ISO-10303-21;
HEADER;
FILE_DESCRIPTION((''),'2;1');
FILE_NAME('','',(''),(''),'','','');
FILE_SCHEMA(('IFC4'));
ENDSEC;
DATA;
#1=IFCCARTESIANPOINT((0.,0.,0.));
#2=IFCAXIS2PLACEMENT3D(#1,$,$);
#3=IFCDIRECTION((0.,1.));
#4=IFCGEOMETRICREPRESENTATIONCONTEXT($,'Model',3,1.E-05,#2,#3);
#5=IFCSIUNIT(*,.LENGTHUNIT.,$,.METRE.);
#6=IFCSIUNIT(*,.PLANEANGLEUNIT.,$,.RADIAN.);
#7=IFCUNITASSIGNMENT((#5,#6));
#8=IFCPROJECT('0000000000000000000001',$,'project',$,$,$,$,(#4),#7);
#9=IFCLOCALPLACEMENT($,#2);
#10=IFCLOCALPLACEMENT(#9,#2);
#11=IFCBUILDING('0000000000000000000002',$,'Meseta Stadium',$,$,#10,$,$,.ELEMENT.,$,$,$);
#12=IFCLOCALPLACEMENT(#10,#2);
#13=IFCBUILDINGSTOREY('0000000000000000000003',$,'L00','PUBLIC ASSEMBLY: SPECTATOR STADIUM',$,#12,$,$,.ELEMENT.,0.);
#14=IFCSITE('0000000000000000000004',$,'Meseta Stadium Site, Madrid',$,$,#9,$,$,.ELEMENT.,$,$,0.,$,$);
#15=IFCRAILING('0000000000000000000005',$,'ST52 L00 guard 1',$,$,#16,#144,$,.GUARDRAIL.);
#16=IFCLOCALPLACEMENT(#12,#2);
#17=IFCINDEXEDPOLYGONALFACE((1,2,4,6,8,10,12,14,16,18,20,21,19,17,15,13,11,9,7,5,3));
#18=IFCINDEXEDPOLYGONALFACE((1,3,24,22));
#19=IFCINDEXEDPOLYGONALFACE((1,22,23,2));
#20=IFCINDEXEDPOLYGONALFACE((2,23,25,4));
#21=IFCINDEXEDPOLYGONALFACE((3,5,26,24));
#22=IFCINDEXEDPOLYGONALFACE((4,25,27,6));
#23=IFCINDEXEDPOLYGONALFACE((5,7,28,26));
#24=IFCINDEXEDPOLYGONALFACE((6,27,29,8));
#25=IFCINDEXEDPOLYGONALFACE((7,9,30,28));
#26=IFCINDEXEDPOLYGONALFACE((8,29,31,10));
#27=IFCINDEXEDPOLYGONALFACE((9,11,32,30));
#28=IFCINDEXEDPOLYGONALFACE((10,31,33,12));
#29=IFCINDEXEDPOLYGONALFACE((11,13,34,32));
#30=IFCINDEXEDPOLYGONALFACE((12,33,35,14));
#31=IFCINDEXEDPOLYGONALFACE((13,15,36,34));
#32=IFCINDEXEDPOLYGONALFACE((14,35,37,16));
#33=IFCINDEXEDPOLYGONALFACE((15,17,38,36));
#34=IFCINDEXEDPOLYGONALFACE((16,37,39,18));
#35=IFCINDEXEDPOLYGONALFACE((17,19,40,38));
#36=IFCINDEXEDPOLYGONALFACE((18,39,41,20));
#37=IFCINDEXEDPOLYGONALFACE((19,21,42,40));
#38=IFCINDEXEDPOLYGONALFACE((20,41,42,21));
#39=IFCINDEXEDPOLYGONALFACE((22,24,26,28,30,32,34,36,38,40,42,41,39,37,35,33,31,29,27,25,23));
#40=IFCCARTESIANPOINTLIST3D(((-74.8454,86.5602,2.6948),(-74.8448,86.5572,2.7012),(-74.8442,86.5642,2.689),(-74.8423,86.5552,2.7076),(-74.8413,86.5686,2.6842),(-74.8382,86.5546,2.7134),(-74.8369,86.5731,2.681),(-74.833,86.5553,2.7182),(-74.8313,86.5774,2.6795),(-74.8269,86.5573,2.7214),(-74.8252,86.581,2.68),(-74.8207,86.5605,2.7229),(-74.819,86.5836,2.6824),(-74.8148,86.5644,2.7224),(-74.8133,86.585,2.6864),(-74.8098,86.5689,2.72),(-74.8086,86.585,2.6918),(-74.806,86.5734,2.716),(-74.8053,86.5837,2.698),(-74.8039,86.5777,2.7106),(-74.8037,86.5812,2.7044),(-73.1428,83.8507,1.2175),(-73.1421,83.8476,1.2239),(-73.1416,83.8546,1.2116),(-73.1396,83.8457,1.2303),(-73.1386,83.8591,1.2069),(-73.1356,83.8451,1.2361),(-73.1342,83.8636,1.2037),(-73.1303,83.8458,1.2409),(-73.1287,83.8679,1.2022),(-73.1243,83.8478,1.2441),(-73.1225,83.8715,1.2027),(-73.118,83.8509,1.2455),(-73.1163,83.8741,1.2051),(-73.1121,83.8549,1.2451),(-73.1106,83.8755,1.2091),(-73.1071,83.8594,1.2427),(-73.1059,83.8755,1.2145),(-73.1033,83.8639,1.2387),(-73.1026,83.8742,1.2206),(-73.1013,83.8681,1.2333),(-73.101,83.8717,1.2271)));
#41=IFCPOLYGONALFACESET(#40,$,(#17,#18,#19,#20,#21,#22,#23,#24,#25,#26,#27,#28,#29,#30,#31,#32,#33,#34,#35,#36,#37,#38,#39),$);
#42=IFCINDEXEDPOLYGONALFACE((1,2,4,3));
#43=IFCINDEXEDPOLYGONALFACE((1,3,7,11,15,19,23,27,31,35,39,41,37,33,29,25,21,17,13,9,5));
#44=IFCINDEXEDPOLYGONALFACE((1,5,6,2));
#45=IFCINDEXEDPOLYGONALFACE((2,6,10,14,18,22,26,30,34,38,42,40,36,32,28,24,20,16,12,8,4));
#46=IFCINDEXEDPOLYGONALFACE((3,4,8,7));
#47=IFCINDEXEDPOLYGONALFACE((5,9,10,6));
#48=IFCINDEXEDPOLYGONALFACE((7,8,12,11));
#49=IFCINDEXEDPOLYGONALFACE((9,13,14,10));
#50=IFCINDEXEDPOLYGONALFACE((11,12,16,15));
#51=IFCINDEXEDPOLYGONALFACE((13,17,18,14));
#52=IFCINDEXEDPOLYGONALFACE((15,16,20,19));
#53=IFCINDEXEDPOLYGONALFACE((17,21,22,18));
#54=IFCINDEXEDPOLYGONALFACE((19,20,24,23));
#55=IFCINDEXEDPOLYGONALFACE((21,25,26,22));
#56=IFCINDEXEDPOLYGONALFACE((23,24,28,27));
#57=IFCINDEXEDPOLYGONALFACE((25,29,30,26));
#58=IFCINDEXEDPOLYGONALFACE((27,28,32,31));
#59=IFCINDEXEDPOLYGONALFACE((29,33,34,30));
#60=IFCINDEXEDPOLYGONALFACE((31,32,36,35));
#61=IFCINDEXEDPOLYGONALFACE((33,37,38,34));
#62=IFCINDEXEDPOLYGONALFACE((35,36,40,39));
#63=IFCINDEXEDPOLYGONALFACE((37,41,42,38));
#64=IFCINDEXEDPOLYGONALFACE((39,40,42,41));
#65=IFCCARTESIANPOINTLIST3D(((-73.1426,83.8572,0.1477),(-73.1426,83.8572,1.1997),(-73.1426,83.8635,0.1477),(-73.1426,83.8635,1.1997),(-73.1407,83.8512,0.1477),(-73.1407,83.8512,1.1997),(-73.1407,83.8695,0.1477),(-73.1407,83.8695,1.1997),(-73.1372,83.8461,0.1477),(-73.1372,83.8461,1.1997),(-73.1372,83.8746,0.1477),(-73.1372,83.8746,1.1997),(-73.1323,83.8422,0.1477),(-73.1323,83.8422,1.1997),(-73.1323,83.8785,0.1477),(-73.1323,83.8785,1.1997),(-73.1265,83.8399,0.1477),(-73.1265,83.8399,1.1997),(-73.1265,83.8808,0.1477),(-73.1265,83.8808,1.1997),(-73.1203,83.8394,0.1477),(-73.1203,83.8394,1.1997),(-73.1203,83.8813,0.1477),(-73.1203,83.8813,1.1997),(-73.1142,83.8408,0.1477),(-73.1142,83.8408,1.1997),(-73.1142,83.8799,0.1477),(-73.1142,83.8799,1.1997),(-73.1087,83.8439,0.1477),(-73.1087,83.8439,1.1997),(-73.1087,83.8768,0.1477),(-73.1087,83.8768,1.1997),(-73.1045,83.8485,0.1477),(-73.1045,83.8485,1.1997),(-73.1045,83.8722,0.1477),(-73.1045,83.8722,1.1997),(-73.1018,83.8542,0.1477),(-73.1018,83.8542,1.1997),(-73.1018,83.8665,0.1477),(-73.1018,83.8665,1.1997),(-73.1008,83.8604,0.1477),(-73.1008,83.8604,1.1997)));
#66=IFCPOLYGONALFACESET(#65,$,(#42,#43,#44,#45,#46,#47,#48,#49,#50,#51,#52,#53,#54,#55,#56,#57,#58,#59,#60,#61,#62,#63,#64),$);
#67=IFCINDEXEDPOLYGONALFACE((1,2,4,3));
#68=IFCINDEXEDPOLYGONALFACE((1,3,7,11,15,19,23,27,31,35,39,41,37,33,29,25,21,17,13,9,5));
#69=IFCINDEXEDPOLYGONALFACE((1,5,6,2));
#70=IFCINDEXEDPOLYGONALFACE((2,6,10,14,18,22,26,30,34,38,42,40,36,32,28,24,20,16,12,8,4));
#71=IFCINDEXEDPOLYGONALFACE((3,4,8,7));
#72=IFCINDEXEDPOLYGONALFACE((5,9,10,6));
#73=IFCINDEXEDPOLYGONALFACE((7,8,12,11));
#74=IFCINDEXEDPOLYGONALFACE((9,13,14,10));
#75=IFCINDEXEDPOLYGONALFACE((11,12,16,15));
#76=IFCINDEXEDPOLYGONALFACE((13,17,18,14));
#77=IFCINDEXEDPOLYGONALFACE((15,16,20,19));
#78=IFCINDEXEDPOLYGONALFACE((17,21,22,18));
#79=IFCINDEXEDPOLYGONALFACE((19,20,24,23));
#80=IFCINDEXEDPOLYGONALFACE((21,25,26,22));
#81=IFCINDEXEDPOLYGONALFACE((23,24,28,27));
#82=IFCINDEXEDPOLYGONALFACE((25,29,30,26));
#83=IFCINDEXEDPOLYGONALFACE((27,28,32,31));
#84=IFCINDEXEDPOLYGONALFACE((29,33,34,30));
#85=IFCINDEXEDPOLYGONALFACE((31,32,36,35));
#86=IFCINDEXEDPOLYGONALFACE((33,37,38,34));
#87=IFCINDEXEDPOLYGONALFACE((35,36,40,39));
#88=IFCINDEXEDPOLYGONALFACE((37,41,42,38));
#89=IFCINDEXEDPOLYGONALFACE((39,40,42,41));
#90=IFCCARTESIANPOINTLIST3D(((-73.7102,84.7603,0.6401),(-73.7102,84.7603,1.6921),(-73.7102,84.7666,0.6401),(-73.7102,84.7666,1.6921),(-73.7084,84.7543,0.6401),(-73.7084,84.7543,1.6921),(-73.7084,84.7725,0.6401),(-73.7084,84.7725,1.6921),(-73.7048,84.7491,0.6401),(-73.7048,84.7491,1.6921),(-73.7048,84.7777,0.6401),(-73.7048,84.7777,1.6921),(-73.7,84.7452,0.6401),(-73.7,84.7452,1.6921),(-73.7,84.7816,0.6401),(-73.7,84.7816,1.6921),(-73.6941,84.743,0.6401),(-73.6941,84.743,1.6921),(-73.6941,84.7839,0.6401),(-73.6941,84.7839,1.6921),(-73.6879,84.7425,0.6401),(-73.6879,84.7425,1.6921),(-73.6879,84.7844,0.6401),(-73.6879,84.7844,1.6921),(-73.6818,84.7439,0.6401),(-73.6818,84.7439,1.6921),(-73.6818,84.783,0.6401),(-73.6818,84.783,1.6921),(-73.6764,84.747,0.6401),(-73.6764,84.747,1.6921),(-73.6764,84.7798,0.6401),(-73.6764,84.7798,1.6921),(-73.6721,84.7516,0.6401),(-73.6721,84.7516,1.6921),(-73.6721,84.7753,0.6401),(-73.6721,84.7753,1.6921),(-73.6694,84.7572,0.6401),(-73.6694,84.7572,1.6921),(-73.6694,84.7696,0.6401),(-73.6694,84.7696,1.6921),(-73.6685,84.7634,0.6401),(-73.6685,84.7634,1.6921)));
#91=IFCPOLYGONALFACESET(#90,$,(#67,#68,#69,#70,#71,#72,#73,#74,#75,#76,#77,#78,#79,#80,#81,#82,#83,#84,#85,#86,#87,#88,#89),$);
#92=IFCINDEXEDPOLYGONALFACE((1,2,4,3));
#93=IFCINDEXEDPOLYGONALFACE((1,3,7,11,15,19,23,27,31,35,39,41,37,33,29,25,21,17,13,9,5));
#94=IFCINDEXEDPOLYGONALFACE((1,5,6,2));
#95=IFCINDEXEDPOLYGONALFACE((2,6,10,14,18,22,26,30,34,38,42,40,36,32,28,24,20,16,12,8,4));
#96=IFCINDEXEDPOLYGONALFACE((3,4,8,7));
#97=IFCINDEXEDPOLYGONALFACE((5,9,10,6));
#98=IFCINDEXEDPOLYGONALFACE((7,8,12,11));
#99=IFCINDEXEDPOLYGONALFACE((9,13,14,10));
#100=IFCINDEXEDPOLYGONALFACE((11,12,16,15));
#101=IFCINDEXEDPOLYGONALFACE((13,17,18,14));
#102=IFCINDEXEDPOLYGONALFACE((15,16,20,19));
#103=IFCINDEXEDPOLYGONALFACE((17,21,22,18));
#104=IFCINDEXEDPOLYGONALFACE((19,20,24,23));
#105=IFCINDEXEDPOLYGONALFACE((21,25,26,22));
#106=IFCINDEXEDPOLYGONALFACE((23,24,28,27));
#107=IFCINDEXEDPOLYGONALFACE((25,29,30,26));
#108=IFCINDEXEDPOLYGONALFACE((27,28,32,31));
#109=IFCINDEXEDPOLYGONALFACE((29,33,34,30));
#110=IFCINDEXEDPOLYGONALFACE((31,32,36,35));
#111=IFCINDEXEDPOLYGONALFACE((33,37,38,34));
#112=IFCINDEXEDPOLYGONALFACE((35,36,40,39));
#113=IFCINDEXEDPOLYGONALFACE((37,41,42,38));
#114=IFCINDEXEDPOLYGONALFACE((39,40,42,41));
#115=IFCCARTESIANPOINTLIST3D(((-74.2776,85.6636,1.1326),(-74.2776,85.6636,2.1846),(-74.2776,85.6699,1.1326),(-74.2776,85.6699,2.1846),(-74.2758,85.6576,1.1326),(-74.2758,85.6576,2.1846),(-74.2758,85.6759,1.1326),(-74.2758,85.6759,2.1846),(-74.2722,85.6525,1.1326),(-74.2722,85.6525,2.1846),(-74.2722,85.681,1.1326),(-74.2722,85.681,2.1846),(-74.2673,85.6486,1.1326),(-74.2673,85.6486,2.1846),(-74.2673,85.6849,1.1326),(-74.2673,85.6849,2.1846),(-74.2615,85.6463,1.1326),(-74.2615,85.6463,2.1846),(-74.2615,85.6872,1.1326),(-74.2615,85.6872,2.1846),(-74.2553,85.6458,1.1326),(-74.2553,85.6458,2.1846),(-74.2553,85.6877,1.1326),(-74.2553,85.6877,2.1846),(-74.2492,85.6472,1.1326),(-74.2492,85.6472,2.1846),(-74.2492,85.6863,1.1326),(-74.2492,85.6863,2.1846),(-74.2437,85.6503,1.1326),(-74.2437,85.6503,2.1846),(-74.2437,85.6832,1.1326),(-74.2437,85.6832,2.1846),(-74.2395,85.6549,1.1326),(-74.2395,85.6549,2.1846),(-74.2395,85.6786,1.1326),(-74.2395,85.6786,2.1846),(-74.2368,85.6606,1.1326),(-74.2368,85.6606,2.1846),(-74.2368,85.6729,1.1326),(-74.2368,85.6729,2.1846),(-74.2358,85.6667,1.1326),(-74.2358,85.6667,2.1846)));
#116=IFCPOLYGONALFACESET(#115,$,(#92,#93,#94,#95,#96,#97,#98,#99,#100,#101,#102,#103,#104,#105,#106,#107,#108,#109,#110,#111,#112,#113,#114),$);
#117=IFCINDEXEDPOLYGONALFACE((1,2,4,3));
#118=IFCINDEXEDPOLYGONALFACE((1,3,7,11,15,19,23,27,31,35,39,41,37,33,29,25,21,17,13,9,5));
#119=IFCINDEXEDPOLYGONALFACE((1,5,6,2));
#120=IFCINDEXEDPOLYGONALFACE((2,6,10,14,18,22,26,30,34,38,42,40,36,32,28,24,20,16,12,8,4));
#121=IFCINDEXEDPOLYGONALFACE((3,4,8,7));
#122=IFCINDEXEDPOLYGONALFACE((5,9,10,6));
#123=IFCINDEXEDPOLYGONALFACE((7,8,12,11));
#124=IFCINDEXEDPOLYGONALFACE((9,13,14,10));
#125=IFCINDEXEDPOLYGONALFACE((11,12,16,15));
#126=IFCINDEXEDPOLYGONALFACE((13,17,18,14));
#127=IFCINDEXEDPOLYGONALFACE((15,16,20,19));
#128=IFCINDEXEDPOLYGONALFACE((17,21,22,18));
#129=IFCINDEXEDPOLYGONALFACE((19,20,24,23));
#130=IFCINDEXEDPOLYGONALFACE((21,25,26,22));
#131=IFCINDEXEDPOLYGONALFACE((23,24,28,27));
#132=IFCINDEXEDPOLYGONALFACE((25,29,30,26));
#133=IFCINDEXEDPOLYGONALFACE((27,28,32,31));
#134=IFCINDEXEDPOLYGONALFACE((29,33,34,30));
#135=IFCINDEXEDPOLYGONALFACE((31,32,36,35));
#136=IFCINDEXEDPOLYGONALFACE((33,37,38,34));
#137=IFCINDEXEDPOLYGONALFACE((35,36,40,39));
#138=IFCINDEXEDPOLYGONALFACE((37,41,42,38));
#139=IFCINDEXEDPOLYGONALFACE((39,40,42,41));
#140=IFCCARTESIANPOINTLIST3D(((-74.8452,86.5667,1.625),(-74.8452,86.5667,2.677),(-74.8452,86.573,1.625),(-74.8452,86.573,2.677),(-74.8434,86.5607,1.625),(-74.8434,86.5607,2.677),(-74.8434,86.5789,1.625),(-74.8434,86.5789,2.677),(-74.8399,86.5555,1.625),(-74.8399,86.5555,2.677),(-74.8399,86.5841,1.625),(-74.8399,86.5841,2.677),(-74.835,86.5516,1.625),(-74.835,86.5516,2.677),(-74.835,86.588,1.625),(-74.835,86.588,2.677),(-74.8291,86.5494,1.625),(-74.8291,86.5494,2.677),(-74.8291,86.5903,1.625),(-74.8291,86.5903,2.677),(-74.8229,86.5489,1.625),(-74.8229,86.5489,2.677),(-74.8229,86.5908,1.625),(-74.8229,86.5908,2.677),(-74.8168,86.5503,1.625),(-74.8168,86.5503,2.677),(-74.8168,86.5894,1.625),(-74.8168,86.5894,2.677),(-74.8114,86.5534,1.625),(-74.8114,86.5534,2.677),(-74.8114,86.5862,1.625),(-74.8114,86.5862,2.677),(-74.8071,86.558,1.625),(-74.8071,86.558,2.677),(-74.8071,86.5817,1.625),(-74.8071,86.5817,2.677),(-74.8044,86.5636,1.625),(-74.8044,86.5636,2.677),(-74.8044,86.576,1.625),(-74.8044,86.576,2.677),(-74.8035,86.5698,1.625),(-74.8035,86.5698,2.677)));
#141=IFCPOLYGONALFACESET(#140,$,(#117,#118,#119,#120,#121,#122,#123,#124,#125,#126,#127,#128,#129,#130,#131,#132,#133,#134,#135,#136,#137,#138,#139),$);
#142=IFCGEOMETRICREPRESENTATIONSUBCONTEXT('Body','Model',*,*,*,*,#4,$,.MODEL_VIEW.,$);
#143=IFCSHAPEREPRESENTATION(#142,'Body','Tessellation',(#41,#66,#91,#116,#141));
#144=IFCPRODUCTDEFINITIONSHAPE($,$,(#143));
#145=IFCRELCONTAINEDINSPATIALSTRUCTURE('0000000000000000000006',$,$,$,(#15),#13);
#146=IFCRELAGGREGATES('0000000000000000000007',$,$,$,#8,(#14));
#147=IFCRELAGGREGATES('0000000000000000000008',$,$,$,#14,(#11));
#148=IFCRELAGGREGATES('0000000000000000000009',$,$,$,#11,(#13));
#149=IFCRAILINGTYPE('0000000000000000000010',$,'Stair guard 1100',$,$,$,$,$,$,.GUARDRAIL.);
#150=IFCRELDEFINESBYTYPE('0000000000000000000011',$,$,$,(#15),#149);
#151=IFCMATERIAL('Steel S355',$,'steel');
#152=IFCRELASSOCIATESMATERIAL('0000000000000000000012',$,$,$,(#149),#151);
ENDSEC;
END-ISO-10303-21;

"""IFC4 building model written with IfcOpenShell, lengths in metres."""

from ifc_helpers import new_model, si_unit, direction, frame, origin, origin_2d, place, context, subcontext, project, spatial, circle, extrude, material, type_object, element, save


model = new_model("IFC4")

# Units and contexts
model_context = context("Model", 3, precision=1e-05, world=origin(), true_north=direction((0.0, 1.0)))
body_context = subcontext(model_context, "Body", "Model", "MODEL_VIEW")
ifc_project = project(units=[si_unit("LENGTHUNIT", "METRE"), si_unit("PLANEANGLEUNIT", "RADIAN")], contexts=[model_context])

# Site, building, storey
site_placement = place(None, origin())
site = spatial("IfcSite", under=ifc_project, at=site_placement, Name="Meseta Stadium Site, Madrid", CompositionType="ELEMENT", RefElevation=0.0)
building_placement = place(site_placement, origin())
building = spatial("IfcBuilding", under=site, at=building_placement, Name="Meseta Stadium", CompositionType="ELEMENT")
storey_placement = place(building_placement, origin())
storey = spatial("IfcBuildingStorey", under=building, at=storey_placement, Name="L00", Description="PUBLIC ASSEMBLY: SPECTATOR STADIUM", CompositionType="ELEMENT", Elevation=0.0)

# Railing
ifc_material_1 = material(Name="Steel S355", Category="steel")
railing_type_1 = type_object("IfcRailingType", Name="Stair guard 1100", PredefinedType="GUARDRAIL", material=ifc_material_1)
railing_1_placement = place(storey_placement, frame((-73.1218, 83.8604, 0.1477)))
element("IfcRailing", 1, at=railing_1_placement, inside=storey, type_object=railing_type_1, Name="ST52 L00 guard 1", PredefinedType="GUARDRAIL", context=body_context, shape_type="SweptSolid", body=[
    extrude(circle(Radius=0.0239, at=origin_2d()), frame((0.0, 0.0, 1.0762), z_axis=(-0.483076, 0.768738, 0.419142), x_axis=(-0.846701, -0.532068, 0.0)), (0.0, 0.0, 1.0), 3.5247),
    extrude(circle(Radius=0.021, at=origin_2d()), origin(), (0.0, 0.0, 1.0), 1.052),
    extrude(circle(Radius=0.021, at=origin_2d()), frame((-0.5676, 0.9031, 0.4924)), (0.0, 0.0, 1.0), 1.052),
    extrude(circle(Radius=0.021, at=origin_2d()), frame((-1.135, 1.8064, 0.9849)), (0.0, 0.0, 1.0), 1.052),
    extrude(circle(Radius=0.021, at=origin_2d()), frame((-1.7026, 2.7095, 1.4773)), (0.0, 0.0, 1.0), 1.052),
])

save(model, "model.ifc")
